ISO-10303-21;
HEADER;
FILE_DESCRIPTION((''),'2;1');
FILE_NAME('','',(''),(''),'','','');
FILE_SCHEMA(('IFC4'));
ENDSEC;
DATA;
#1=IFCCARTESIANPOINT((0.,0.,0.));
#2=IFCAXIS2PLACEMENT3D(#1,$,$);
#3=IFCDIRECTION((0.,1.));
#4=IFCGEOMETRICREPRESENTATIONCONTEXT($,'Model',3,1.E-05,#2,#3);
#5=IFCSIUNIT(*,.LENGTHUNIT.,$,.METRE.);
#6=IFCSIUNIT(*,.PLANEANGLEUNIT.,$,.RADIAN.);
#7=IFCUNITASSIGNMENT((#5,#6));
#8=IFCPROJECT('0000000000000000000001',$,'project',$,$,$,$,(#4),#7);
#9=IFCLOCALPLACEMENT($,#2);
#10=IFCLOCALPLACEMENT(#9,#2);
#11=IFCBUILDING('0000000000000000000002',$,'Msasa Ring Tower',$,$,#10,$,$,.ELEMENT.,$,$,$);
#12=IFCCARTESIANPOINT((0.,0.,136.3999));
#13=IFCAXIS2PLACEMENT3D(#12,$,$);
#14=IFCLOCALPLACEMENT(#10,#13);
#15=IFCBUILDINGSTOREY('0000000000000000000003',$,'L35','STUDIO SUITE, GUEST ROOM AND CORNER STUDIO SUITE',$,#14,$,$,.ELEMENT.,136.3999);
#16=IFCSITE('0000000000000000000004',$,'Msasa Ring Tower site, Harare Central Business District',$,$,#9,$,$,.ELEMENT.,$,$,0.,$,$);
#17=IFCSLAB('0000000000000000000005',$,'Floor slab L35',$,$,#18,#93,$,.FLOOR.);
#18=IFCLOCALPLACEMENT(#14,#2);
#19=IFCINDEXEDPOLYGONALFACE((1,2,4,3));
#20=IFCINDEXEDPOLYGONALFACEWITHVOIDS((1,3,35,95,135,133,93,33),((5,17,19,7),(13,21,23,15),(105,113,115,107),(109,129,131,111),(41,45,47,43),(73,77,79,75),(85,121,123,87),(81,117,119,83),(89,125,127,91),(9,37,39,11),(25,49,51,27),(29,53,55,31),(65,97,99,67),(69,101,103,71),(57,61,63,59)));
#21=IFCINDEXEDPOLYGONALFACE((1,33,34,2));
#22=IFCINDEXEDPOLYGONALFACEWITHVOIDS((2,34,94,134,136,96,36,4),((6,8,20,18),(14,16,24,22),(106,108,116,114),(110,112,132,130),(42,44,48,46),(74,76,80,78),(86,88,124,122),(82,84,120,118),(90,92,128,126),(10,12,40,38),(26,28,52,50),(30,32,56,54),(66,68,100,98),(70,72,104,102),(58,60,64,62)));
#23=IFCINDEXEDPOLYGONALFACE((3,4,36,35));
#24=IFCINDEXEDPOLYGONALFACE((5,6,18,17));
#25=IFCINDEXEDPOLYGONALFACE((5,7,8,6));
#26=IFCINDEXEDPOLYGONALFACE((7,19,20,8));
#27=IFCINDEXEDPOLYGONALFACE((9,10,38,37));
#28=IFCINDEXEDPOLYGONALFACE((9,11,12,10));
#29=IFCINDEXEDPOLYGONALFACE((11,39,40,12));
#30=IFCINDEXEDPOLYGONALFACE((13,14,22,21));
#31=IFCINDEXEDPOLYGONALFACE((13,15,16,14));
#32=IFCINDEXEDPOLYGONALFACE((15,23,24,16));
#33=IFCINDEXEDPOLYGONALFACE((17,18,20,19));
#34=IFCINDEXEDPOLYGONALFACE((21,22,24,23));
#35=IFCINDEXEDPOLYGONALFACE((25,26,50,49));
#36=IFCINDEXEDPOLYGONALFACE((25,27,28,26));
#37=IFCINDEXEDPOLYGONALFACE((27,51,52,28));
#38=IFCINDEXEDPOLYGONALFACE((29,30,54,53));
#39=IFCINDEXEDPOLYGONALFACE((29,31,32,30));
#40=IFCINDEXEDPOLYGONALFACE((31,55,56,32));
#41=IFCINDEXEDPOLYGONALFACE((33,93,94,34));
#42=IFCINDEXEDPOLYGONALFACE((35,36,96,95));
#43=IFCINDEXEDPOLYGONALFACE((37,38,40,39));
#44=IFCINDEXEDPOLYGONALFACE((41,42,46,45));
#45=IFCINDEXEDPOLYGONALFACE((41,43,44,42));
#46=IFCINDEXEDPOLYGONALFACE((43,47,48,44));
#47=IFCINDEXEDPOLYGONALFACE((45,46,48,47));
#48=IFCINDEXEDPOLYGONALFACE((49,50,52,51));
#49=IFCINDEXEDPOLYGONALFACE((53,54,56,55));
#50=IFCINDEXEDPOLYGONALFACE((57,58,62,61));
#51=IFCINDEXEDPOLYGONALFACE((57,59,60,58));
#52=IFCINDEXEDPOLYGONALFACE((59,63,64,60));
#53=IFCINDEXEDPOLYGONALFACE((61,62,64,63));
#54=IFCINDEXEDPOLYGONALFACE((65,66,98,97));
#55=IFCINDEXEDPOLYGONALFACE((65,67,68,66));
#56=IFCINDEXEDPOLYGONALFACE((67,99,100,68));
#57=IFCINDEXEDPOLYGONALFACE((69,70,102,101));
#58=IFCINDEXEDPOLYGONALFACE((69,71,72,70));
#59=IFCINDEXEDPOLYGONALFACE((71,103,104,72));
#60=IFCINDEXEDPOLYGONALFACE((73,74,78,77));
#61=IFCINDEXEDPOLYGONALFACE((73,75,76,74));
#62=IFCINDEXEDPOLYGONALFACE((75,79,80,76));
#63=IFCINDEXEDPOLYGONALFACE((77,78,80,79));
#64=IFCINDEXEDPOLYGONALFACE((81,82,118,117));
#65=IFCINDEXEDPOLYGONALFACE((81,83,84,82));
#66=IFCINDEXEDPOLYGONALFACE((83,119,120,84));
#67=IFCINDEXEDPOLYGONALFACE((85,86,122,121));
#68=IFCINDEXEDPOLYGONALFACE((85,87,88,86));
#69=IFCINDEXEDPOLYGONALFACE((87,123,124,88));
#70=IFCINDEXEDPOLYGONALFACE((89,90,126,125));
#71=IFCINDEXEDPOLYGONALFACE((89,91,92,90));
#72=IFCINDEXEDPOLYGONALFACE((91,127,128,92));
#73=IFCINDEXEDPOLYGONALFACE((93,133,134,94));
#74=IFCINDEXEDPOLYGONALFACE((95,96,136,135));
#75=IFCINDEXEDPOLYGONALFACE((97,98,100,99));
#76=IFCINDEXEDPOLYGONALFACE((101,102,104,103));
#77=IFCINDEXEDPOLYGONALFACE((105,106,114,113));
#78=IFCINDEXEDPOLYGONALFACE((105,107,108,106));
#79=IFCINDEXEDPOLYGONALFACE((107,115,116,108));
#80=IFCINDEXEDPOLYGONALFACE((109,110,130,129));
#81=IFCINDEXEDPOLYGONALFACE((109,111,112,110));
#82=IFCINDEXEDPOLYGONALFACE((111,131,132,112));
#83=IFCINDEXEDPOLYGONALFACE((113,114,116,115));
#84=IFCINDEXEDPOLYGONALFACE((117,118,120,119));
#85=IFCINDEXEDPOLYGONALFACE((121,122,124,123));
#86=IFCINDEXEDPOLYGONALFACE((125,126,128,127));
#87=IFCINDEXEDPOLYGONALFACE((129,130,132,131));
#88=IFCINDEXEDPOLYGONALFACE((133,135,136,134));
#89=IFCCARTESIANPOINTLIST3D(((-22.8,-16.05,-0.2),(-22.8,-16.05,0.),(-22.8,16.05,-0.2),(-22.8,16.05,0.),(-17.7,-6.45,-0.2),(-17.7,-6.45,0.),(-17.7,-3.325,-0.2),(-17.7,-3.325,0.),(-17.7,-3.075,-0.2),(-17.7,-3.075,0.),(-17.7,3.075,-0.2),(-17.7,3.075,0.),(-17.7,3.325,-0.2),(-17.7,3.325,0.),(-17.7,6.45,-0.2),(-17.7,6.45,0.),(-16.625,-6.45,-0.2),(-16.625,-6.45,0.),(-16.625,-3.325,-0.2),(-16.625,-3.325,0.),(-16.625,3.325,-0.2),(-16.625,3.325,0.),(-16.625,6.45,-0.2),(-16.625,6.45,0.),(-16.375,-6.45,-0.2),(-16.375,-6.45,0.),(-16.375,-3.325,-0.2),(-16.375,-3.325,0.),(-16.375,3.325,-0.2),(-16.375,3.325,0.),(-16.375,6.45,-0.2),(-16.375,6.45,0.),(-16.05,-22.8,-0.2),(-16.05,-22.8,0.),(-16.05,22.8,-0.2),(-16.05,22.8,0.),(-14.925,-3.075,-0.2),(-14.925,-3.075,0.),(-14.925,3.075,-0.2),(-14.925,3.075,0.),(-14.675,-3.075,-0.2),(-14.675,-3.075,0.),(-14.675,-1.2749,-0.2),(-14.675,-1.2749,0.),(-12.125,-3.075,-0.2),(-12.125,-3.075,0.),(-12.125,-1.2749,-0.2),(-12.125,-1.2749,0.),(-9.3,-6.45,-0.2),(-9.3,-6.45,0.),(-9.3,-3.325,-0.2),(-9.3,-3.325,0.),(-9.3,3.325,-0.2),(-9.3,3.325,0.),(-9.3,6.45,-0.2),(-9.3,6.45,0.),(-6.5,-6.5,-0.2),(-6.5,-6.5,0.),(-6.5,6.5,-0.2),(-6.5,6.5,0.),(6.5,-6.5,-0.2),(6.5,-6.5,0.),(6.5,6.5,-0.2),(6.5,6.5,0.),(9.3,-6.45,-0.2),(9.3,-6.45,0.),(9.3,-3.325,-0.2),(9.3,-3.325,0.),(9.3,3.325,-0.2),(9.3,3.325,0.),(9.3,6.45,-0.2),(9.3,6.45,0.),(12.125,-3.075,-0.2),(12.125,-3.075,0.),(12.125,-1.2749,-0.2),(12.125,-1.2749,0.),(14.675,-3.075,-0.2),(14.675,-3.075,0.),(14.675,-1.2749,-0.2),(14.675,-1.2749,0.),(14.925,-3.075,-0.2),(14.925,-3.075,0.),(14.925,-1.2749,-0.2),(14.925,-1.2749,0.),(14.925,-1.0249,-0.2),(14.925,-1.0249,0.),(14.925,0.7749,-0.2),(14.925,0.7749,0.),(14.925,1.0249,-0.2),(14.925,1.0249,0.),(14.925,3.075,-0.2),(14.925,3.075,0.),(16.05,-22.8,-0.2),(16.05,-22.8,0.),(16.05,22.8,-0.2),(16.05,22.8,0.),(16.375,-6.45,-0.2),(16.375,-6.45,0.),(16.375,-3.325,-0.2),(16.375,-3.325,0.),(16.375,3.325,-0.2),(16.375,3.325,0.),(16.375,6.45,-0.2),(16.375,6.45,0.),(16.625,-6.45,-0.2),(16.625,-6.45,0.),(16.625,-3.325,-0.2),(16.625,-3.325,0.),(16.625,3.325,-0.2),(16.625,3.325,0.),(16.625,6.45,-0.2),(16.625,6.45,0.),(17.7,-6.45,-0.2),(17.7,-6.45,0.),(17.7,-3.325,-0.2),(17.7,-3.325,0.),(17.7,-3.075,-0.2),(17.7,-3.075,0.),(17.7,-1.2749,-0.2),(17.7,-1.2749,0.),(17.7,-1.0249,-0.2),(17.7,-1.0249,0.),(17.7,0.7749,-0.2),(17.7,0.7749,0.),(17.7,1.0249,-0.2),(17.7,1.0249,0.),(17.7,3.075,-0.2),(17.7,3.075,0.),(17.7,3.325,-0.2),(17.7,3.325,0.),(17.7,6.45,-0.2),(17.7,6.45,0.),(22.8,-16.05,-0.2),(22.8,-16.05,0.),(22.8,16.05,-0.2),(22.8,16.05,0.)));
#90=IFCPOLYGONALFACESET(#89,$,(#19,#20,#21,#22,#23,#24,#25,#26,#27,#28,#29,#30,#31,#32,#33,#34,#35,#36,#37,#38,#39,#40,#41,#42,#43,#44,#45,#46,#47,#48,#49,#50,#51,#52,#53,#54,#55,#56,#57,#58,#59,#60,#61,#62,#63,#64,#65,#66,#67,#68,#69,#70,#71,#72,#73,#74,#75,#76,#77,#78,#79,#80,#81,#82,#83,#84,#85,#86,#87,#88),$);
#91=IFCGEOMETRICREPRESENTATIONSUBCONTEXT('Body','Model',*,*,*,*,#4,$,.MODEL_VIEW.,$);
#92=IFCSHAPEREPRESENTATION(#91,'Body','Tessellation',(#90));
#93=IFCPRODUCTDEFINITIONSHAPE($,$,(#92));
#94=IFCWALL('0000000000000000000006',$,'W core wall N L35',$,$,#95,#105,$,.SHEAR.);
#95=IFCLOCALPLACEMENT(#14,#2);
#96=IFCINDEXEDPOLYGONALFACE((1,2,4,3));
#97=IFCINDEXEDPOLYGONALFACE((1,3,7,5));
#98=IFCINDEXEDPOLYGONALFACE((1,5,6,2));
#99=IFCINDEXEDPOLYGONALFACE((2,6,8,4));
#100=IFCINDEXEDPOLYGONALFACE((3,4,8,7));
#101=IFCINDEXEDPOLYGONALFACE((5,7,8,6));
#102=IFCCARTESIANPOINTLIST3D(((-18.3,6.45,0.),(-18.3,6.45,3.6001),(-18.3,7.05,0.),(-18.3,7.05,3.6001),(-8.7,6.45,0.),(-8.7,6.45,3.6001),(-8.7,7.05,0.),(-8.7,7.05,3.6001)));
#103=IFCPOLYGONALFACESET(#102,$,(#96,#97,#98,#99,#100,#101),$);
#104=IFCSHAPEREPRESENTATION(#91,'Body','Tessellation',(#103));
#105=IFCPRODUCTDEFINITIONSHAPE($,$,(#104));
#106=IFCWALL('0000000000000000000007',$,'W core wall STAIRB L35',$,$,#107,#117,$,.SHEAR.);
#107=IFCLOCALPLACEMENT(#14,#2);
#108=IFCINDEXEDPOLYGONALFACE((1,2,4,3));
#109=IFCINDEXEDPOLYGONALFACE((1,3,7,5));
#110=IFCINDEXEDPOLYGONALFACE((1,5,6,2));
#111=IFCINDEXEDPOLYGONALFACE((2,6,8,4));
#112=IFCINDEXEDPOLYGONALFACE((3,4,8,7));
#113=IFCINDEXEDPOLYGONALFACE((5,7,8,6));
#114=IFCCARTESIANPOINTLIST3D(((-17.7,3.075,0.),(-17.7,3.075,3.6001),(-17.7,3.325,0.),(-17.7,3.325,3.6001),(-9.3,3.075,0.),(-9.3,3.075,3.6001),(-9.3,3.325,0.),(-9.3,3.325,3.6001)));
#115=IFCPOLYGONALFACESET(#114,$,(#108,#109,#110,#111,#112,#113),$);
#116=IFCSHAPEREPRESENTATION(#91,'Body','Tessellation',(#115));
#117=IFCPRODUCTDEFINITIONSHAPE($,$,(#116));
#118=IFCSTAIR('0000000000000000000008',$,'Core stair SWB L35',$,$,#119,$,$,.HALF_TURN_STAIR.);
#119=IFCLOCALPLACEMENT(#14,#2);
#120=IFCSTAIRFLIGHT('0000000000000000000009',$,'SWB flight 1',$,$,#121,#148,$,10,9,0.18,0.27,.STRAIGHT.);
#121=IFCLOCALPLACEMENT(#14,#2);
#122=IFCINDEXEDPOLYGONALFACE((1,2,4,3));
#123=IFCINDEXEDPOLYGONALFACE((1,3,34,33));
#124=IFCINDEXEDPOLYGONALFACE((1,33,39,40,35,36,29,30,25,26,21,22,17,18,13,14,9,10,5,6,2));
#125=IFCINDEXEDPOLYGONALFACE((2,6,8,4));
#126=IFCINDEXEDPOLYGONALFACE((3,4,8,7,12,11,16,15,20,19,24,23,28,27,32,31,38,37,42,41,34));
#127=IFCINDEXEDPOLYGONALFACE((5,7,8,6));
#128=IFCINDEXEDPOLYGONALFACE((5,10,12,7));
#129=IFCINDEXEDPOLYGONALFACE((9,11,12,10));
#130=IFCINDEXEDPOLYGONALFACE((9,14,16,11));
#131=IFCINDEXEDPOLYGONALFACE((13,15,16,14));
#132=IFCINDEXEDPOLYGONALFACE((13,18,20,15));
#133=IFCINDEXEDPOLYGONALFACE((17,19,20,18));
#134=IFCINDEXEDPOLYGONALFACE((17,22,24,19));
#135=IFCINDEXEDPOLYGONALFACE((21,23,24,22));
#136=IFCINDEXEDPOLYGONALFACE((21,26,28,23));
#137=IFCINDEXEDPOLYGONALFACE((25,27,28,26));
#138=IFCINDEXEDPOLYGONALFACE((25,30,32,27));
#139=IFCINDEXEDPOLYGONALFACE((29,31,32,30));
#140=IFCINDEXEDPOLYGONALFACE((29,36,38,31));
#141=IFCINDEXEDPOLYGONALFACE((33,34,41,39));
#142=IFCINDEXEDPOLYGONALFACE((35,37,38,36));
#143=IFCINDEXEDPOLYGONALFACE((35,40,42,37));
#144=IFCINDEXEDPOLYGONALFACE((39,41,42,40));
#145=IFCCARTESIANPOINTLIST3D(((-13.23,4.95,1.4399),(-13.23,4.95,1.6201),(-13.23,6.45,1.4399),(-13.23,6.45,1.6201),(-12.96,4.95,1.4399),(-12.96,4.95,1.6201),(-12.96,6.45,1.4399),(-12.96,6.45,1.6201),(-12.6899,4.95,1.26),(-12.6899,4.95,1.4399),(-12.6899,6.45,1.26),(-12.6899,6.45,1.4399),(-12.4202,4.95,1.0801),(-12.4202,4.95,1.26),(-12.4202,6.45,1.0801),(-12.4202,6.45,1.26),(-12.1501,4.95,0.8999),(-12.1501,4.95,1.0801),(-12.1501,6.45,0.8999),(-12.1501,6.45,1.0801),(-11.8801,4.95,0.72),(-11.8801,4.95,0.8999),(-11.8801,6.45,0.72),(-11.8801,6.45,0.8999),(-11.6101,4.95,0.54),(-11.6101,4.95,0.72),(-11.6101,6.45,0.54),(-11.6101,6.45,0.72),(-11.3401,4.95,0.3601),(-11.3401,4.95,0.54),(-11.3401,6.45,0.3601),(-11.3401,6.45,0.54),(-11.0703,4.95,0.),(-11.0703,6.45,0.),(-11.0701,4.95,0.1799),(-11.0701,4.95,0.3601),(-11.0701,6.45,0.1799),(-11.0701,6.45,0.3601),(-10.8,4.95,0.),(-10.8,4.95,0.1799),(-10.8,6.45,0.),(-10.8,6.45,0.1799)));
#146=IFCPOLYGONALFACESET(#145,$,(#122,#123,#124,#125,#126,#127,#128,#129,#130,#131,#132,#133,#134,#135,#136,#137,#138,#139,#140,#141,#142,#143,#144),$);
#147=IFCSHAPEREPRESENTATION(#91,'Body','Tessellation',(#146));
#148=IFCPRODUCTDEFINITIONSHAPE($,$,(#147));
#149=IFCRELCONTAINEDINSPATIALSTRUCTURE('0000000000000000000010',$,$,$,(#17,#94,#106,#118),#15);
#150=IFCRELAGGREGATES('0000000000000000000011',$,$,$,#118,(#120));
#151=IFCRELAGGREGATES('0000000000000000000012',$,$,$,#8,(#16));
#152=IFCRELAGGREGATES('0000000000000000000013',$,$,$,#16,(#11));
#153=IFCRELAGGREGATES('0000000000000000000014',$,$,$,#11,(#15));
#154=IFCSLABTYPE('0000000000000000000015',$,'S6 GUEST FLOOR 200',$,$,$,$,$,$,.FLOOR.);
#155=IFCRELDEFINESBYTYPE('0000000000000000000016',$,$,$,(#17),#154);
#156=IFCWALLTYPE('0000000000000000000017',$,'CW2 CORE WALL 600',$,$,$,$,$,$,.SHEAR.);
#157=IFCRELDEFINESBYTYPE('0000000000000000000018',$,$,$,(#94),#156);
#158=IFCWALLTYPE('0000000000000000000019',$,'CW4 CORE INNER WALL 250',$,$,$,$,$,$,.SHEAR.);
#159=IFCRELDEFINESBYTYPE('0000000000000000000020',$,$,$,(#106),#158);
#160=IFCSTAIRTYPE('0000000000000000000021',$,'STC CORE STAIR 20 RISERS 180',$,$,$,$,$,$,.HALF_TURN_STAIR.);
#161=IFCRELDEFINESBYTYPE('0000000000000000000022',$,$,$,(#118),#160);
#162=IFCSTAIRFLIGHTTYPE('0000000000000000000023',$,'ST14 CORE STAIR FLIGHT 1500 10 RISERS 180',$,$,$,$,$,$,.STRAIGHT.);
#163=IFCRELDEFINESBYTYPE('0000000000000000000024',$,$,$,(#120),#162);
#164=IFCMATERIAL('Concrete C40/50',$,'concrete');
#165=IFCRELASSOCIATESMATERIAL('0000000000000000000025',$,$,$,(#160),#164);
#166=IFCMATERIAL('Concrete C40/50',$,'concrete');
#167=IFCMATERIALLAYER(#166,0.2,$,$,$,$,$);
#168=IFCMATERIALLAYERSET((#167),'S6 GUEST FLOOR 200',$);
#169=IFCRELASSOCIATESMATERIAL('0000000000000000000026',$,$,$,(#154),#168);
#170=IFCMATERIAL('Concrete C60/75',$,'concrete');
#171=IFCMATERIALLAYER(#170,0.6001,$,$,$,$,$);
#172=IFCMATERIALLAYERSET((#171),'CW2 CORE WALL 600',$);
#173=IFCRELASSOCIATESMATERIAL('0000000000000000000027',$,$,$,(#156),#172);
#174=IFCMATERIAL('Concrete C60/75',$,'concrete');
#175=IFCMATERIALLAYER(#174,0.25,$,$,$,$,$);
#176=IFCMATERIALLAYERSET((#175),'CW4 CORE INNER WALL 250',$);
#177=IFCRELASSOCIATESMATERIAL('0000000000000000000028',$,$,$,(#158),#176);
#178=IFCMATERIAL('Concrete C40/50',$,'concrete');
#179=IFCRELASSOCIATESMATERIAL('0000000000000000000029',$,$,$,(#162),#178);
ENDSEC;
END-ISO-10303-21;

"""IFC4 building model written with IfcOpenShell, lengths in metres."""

from ifc_helpers import new_model, si_unit, direction, frame, frame_2d, origin, place, context, subcontext, project, spatial, polyline, rectangle, outline, extrude, material, layer, layer_set, type_object, element, aggregate, save


model = new_model("IFC4")

# Units and contexts
model_context = context("Model", 3, precision=1e-05, world=origin(), true_north=direction((0.0, 1.0)))
body_context = subcontext(model_context, "Body", "Model", "MODEL_VIEW")
ifc_project = project(units=[si_unit("LENGTHUNIT", "METRE"), si_unit("PLANEANGLEUNIT", "RADIAN")], contexts=[model_context])

# Site, building, storey
site_placement = place(None, origin())
site = spatial("IfcSite", under=ifc_project, at=site_placement, Name="Msasa Ring Tower site, Harare Central Business District", CompositionType="ELEMENT", RefElevation=0.0)
building_placement = place(site_placement, origin())
building = spatial("IfcBuilding", under=site, at=building_placement, Name="Msasa Ring Tower", CompositionType="ELEMENT")
storey_placement = place(building_placement, frame((0.0, 0.0, 136.3999)))
storey = spatial("IfcBuildingStorey", under=building, at=storey_placement, Name="L35", Description="STUDIO SUITE, GUEST ROOM AND CORNER STUDIO SUITE", CompositionType="ELEMENT", Elevation=136.3999)

# Shared definitions
ifc_material_1 = material(Name="Concrete C40/50", Category="concrete")
stair_type = type_object("IfcStairType", Name="STC CORE STAIR 20 RISERS 180", PredefinedType="HALF_TURN_STAIR", material=ifc_material_1)

# Slab
ifc_material_2 = material(Name="Concrete C40/50", Category="concrete")
ifc_layer_1 = layer(ifc_material_2, 0.2)
ifc_layer_set_1 = layer_set([ifc_layer_1], Name="S6 GUEST FLOOR 200")
slab_type_1 = type_object("IfcSlabType", Name="S6 GUEST FLOOR 200", PredefinedType="FLOOR", material=ifc_layer_set_1)
slab_1_placement = place(storey_placement, frame((0.0, 0.0, -0.2)))
element("IfcSlab", 1, at=slab_1_placement, inside=storey, type_object=slab_type_1, Name="Floor slab L35", PredefinedType="FLOOR", context=body_context, shape_type="SweptSolid", body=[
    extrude(outline(polyline([(-16.05, -22.8), (16.05, -22.8), (22.8, -16.05), (22.8, 16.05), (16.05, 22.8), (-16.05, 22.8), (-22.8, 16.05), (-22.8, -16.05), (-16.05, -22.8)]), holes=[polyline([(-6.5, -6.5), (6.5, -6.5), (6.5, 6.5), (-6.5, 6.5), (-6.5, -6.5)]), polyline([(9.3, -6.45), (16.375, -6.45), (16.375, -3.325), (9.3, -3.325), (9.3, -6.45)]), polyline([(9.3, 3.325), (16.375, 3.325), (16.375, 6.45), (9.3, 6.45), (9.3, 3.325)]), polyline([(12.125, -3.075), (14.675, -3.075), (14.675, -1.2749), (12.125, -1.2749), (12.125, -3.075)]), polyline([(16.625, -6.45), (17.7, -6.45), (17.7, -3.325), (16.625, -3.325), (16.625, -6.45)]), polyline([(16.625, 3.325), (17.7, 3.325), (17.7, 6.45), (16.625, 6.45), (16.625, 3.325)]), polyline([(14.925, -3.075), (17.7, -3.075), (17.7, -1.2749), (14.925, -1.2749), (14.925, -3.075)]), polyline([(14.925, -1.0249), (17.7, -1.0249), (17.7, 0.7749), (14.925, 0.7749), (14.925, -1.0249)]), polyline([(14.925, 1.0249), (17.7, 1.0249), (17.7, 3.075), (14.925, 3.075), (14.925, 1.0249)]), polyline([(-16.375, -6.45), (-9.3, -6.45), (-9.3, -3.325), (-16.375, -3.325), (-16.375, -6.45)]), polyline([(-16.375, 3.325), (-9.3, 3.325), (-9.3, 6.45), (-16.375, 6.45), (-16.375, 3.325)]), polyline([(-14.675, -3.075), (-12.125, -3.075), (-12.125, -1.2749), (-14.675, -1.2749), (-14.675, -3.075)]), polyline([(-17.7, -6.45), (-16.625, -6.45), (-16.625, -3.325), (-17.7, -3.325), (-17.7, -6.45)]), polyline([(-17.7, 3.325), (-16.625, 3.325), (-16.625, 6.45), (-17.7, 6.45), (-17.7, 3.325)]), polyline([(-17.7, -3.075), (-14.925, -3.075), (-14.925, 3.075), (-17.7, 3.075), (-17.7, -3.075)])]), origin(), (0.0, 0.0, 1.0), 0.2),
])

# Walls
ifc_material_3 = material(Name="Concrete C60/75", Category="concrete")
ifc_layer_2 = layer(ifc_material_3, 0.6001)
ifc_layer_set_2 = layer_set([ifc_layer_2], Name="CW2 CORE WALL 600")
wall_type_1 = type_object("IfcWallType", Name="CW2 CORE WALL 600", PredefinedType="SHEAR", material=ifc_layer_set_2)
wall_1_placement = place(storey_placement, frame((-8.7, 6.75, 0.0), z_axis=(0.0, 0.0, 1.0), x_axis=(-1.0, 0.0, 0.0)))
element("IfcWall", 2, at=wall_1_placement, inside=storey, type_object=wall_type_1, Name="W core wall N L35", PredefinedType="SHEAR", context=body_context, shape_type="SweptSolid", body=[
    extrude(rectangle(XDim=9.6001, YDim=0.6001, at=frame_2d((4.8, 0.0))), origin(), (0.0, 0.0, 1.0), 3.6001),
])
ifc_material_4 = material(Name="Concrete C60/75", Category="concrete")
ifc_layer_3 = layer(ifc_material_4, 0.25)
ifc_layer_set_3 = layer_set([ifc_layer_3], Name="CW4 CORE INNER WALL 250")
wall_type_2 = type_object("IfcWallType", Name="CW4 CORE INNER WALL 250", PredefinedType="SHEAR", material=ifc_layer_set_3)
wall_2_placement = place(storey_placement, frame((-9.3, 3.2, 0.0), z_axis=(0.0, 0.0, 1.0), x_axis=(-1.0, 0.0, 0.0)))
element("IfcWall", 3, at=wall_2_placement, inside=storey, type_object=wall_type_2, Name="W core wall STAIRB L35", PredefinedType="SHEAR", context=body_context, shape_type="SweptSolid", body=[
    extrude(rectangle(XDim=8.3999, YDim=0.25, at=frame_2d((4.2, 0.0))), origin(), (0.0, 0.0, 1.0), 3.6001),
])

# Stair, stair flight
stair_1_placement = place(storey_placement, origin())
stair_1 = element("IfcStair", 4, at=stair_1_placement, inside=storey, type_object=stair_type, Name="Core stair SWB L35", PredefinedType="HALF_TURN_STAIR")
ifc_material_5 = material(Name="Concrete C40/50", Category="concrete")
stair_flight_type = type_object("IfcStairFlightType", Name="ST14 CORE STAIR FLIGHT 1500 10 RISERS 180", PredefinedType="STRAIGHT", material=ifc_material_5)
stair_flight_placement = place(storey_placement, frame((-10.8, 5.7, 0.0), z_axis=(0.0, 0.0, 1.0), x_axis=(-1.0, 0.0, 0.0)))
stair_flight = element("IfcStairFlight", 5, at=stair_flight_placement, type_object=stair_flight_type, Name="SWB flight 1", NumberOfRisers=10, NumberOfTreads=9, PredefinedType="STRAIGHT", RiserHeight=0.18, TreadLength=0.27, context=body_context, shape_type="SweptSolid", body=[
    extrude(outline(polyline([(0.0, 0.0), (0.0, 0.1799), (0.27, 0.1799), (0.27, 0.3601), (0.54, 0.3601), (0.54, 0.54), (0.8101, 0.54), (0.8101, 0.72), (1.0801, 0.72), (1.0801, 0.8999), (1.3501, 0.8999), (1.3501, 1.0801), (1.6201, 1.0801), (1.6201, 1.26), (1.8899, 1.26), (1.8899, 1.4399), (2.1599, 1.4399), (2.1599, 1.6201), (2.4299, 1.6201), (2.4299, 1.8), (2.4299, 1.4399), (0.2703, 0.0), (0.0, 0.0)])), frame((0.0, 0.75, 0.0), z_axis=(0.0, -1.0, 0.0), x_axis=(1.0, 0.0, 0.0)), (0.0, 0.0, 1.0), 1.5),
])
aggregate(stair_1, [stair_flight])

save(model, "model.ifc")
